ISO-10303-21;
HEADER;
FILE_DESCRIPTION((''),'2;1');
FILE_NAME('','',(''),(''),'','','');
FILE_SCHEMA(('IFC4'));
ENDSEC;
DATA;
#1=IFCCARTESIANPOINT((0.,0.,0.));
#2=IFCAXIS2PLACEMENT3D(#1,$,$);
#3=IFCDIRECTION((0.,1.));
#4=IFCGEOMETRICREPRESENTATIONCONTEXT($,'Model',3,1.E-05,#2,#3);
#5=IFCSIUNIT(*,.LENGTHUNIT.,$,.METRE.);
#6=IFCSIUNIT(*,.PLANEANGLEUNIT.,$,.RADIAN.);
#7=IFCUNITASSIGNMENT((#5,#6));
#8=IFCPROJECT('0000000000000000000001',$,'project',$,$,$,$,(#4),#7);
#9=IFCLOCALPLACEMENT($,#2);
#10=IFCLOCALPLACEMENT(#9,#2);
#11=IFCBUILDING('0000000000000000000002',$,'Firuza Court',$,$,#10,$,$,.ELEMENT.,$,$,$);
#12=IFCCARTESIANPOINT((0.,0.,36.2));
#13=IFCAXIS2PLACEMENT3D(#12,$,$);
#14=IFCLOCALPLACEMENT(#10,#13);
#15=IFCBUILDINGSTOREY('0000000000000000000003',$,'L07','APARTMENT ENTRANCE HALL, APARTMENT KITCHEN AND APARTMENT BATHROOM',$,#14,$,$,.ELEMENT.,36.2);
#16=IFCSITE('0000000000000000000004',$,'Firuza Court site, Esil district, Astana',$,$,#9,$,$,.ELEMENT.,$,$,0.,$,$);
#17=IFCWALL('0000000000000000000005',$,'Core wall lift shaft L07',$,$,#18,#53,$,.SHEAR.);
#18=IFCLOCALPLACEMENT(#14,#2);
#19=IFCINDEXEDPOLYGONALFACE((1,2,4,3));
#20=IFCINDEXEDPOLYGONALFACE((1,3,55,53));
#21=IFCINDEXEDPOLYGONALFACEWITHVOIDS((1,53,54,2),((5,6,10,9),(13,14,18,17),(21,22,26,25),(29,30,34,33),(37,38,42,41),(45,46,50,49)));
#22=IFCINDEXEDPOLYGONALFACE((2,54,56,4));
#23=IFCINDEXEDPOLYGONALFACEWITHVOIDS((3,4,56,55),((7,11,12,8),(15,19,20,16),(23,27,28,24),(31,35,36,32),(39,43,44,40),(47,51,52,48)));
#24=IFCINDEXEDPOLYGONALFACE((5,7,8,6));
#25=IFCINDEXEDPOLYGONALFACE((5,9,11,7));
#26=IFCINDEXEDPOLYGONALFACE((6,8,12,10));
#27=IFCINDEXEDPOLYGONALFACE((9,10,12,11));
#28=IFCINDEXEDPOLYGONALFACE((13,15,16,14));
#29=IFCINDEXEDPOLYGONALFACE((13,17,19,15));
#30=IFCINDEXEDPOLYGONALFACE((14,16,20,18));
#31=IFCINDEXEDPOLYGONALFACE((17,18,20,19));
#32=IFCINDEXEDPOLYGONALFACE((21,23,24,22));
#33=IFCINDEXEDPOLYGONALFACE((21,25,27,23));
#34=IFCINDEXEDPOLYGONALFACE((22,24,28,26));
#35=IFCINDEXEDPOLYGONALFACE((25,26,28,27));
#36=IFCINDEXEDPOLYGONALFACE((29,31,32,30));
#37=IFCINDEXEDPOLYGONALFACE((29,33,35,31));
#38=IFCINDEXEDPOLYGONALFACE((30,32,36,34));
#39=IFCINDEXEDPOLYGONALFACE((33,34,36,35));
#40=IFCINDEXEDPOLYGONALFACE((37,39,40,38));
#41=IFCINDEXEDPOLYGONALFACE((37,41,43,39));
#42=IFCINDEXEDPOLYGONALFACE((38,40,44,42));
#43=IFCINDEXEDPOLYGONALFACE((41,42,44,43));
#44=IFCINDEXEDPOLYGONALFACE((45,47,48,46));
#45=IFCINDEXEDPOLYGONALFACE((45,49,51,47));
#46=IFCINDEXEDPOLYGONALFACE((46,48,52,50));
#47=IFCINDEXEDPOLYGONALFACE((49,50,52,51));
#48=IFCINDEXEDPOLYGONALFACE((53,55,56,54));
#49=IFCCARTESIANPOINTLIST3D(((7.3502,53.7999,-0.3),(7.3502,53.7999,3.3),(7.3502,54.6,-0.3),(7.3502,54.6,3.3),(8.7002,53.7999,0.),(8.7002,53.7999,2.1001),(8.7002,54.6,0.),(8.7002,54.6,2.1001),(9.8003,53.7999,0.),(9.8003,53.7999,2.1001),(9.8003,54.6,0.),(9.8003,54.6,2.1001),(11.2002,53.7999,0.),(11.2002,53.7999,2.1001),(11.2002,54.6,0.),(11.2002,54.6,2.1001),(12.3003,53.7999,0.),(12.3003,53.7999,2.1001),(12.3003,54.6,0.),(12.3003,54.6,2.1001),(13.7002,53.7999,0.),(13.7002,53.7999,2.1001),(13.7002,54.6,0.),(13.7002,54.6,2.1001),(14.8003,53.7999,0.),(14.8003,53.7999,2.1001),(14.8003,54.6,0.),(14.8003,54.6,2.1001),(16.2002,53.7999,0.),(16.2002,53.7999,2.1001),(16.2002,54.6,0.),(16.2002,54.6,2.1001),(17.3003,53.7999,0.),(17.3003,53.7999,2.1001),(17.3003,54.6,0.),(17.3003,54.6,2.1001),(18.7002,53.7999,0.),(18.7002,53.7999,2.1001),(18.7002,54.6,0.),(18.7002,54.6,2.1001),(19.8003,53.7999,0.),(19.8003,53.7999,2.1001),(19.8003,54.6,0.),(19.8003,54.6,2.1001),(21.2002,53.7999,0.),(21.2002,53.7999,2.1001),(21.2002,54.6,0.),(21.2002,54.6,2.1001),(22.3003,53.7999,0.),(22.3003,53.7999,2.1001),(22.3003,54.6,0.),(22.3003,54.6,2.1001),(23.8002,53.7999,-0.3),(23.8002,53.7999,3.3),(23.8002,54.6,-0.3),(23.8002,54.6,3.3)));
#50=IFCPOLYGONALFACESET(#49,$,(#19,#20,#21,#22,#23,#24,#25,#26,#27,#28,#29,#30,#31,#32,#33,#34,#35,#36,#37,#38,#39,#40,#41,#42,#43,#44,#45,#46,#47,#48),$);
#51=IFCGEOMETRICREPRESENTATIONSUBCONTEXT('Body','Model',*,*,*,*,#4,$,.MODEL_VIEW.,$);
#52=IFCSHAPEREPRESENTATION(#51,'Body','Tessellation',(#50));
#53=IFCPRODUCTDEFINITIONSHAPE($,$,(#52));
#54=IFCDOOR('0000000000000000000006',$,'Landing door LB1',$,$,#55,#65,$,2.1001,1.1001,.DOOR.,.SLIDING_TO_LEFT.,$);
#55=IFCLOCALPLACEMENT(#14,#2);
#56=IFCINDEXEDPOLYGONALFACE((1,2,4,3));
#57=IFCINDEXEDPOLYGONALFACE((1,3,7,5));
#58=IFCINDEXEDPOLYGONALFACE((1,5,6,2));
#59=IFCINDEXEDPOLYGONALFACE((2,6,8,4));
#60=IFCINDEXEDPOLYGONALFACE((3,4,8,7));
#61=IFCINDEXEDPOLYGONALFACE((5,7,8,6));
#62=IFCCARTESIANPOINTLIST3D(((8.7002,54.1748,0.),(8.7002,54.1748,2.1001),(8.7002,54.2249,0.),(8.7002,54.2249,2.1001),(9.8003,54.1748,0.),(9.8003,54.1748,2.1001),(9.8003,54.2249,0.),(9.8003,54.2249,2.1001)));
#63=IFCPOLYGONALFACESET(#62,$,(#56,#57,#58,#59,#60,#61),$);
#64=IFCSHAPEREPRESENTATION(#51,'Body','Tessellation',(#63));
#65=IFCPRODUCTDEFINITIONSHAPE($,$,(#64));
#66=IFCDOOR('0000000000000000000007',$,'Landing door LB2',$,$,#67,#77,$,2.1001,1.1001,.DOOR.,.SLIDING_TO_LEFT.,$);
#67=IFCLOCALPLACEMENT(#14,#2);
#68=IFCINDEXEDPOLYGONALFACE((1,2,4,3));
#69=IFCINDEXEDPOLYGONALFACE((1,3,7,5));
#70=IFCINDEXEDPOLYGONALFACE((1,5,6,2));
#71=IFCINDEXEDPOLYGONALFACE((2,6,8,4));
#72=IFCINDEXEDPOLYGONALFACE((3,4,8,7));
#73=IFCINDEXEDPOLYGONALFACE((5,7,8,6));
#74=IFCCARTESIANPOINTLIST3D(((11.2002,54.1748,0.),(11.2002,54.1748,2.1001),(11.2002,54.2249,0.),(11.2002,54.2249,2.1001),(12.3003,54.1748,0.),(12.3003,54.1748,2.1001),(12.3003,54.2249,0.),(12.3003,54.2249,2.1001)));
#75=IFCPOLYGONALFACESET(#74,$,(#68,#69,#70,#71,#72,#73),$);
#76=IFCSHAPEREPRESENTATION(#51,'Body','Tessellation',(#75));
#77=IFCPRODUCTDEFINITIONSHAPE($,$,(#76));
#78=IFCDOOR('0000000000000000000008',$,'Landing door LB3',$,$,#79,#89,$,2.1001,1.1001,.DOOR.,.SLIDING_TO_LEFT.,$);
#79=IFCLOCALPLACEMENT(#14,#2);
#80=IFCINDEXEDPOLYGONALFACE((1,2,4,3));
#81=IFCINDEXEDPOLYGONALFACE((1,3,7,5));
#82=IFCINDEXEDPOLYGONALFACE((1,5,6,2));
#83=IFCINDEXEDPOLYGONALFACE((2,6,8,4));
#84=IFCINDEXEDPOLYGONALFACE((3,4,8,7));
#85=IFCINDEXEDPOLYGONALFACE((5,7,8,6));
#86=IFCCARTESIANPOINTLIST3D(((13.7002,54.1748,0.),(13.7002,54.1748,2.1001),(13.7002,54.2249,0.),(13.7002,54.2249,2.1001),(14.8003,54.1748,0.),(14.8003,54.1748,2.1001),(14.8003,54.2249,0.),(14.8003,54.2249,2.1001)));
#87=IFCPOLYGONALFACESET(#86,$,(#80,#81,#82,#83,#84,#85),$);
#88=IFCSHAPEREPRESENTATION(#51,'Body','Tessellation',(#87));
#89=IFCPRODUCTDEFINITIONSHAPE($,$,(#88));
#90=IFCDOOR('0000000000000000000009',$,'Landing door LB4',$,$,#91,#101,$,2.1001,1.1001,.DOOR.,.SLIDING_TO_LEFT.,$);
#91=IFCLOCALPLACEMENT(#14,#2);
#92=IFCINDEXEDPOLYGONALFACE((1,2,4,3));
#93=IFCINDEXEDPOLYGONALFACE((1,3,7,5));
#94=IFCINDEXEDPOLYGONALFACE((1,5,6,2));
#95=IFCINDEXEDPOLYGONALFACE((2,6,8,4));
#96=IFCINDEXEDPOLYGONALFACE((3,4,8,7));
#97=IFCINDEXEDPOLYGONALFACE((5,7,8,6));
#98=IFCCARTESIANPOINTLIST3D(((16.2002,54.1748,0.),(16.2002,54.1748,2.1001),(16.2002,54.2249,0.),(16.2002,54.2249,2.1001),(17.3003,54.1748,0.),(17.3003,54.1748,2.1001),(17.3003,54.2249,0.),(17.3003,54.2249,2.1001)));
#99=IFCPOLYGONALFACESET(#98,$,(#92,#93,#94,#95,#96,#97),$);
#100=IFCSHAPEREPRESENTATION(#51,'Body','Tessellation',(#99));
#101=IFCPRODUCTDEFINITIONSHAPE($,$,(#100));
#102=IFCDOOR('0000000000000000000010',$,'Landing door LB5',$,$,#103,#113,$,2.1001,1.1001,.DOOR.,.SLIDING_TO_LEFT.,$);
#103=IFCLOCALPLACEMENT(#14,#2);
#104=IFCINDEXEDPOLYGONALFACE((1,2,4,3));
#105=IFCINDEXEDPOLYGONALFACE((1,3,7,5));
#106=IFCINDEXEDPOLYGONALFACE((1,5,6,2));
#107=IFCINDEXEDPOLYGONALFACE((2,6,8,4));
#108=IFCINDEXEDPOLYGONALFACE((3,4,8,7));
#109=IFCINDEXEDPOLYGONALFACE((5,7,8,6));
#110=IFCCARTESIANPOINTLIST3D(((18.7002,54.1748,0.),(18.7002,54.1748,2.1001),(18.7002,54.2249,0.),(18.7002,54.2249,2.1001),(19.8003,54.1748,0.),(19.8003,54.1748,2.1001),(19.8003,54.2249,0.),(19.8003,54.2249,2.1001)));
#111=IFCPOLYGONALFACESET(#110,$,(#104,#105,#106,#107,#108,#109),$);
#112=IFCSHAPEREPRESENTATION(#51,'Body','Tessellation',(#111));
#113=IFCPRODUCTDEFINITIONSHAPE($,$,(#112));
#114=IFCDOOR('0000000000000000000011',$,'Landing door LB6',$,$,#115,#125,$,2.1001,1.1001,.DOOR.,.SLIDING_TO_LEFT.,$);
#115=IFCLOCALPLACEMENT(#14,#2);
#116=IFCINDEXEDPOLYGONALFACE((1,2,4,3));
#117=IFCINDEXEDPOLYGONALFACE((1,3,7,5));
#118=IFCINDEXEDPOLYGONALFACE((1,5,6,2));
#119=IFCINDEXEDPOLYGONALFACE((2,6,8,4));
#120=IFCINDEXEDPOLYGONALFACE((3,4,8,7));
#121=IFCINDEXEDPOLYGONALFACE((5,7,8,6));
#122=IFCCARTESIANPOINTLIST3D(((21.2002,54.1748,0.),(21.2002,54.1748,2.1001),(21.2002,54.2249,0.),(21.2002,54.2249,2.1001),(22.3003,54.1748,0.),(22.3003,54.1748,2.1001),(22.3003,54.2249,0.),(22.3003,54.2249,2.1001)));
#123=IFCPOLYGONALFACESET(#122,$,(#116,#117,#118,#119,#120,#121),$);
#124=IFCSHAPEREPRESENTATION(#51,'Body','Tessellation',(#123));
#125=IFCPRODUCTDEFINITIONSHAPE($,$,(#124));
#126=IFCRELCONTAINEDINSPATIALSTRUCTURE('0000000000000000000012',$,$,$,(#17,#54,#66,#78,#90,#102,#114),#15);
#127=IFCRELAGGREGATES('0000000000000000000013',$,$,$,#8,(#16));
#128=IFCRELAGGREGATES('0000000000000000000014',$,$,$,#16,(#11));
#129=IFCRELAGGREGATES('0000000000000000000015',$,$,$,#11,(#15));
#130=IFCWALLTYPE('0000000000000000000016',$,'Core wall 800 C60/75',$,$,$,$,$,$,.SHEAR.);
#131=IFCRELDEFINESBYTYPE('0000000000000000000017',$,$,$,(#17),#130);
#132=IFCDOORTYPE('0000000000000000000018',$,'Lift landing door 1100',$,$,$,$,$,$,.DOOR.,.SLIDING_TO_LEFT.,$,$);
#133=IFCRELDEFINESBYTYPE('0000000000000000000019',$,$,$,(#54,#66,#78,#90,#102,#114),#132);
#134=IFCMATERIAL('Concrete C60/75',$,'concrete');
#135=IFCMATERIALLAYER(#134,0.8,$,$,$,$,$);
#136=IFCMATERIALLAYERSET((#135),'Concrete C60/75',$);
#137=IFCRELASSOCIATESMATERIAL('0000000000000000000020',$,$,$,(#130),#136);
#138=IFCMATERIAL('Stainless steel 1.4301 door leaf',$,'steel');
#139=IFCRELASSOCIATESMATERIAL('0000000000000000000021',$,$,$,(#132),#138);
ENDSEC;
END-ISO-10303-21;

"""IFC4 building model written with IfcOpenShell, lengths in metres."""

from ifc_helpers import new_model, si_unit, direction, frame, frame_2d, origin, place, context, subcontext, project, spatial, rectangle, extrude, material, layer, layer_set, type_object, element, fill, save


model = new_model("IFC4")

# Units and contexts
model_context = context("Model", 3, precision=1e-05, world=origin(), true_north=direction((0.0, 1.0)))
body_context = subcontext(model_context, "Body", "Model", "MODEL_VIEW")
ifc_project = project(units=[si_unit("LENGTHUNIT", "METRE"), si_unit("PLANEANGLEUNIT", "RADIAN")], contexts=[model_context])

# Site, building, storey
site_placement = place(None, origin())
site = spatial("IfcSite", under=ifc_project, at=site_placement, Name="Firuza Court site, Esil district, Astana", CompositionType="ELEMENT", RefElevation=0.0)
building_placement = place(site_placement, origin())
building = spatial("IfcBuilding", under=site, at=building_placement, Name="Firuza Court", CompositionType="ELEMENT")
storey_placement = place(building_placement, frame((0.0, 0.0, 36.2)))
storey = spatial("IfcBuildingStorey", under=building, at=storey_placement, Name="L07", Description="APARTMENT ENTRANCE HALL, APARTMENT KITCHEN AND APARTMENT BATHROOM", CompositionType="ELEMENT", Elevation=36.2)

# Shared definitions
ifc_material_1 = material(Name="Concrete C60/75", Category="concrete")

# Wall, openings, doors
ifc_layer_1 = layer(ifc_material_1, 0.8)
ifc_layer_set_1 = layer_set([ifc_layer_1], Name="Concrete C60/75")
wall_type_1 = type_object("IfcWallType", Name="Core wall 800 C60/75", PredefinedType="SHEAR", material=ifc_layer_set_1)
wall_1_placement = place(storey_placement, frame((7.3501, 54.2, -0.3), z_axis=(0.0, 0.0, 1.0), x_axis=(1.0, 0.0, 0.0)))
wall_1 = element("IfcWall", 1, at=wall_1_placement, inside=storey, type_object=wall_type_1, Name="Core wall lift shaft L07", PredefinedType="SHEAR", context=body_context, shape_type="SweptSolid", body=[
    extrude(rectangle(XDim=16.45, YDim=0.8, at=frame_2d((8.2251, 0.0))), origin(), (0.0, 0.0, 1.0), 3.6001),
])
opening_1_placement = place(wall_1_placement, frame((1.3501, 0.0, 0.3)))
opening_1 = element("IfcOpeningElement", 2, at=opening_1_placement, cuts=wall_1, PredefinedType="OPENING", context=body_context, shape_type="SweptSolid", body=[
    extrude(rectangle(XDim=1.1001, YDim=2.1001, at=frame_2d((0.55, 1.05))), frame((0.0, 0.4121, 0.0), z_axis=(0.0, -1.0, 0.0), x_axis=(1.0, 0.0, 0.0)), (0.0, 0.0, 1.0), 0.824),
])
opening_2_placement = place(wall_1_placement, frame((3.8501, 0.0, 0.3)))
opening_2 = element("IfcOpeningElement", 3, at=opening_2_placement, cuts=wall_1, PredefinedType="OPENING", context=body_context, shape_type="SweptSolid", body=[
    extrude(rectangle(XDim=1.1001, YDim=2.1001, at=frame_2d((0.55, 1.05))), frame((0.0, 0.4121, 0.0), z_axis=(0.0, -1.0, 0.0), x_axis=(1.0, 0.0, 0.0)), (0.0, 0.0, 1.0), 0.824),
])
opening_3_placement = place(wall_1_placement, frame((6.3501, 0.0, 0.3)))
opening_3 = element("IfcOpeningElement", 4, at=opening_3_placement, cuts=wall_1, PredefinedType="OPENING", context=body_context, shape_type="SweptSolid", body=[
    extrude(rectangle(XDim=1.1001, YDim=2.1001, at=frame_2d((0.55, 1.05))), frame((0.0, 0.4121, 0.0), z_axis=(0.0, -1.0, 0.0), x_axis=(1.0, 0.0, 0.0)), (0.0, 0.0, 1.0), 0.824),
])
opening_4_placement = place(wall_1_placement, frame((8.8501, 0.0, 0.3)))
opening_4 = element("IfcOpeningElement", 5, at=opening_4_placement, cuts=wall_1, PredefinedType="OPENING", context=body_context, shape_type="SweptSolid", body=[
    extrude(rectangle(XDim=1.1001, YDim=2.1001, at=frame_2d((0.55, 1.05))), frame((0.0, 0.4121, 0.0), z_axis=(0.0, -1.0, 0.0), x_axis=(1.0, 0.0, 0.0)), (0.0, 0.0, 1.0), 0.824),
])
opening_5_placement = place(wall_1_placement, frame((11.3501, 0.0, 0.3)))
opening_5 = element("IfcOpeningElement", 6, at=opening_5_placement, cuts=wall_1, PredefinedType="OPENING", context=body_context, shape_type="SweptSolid", body=[
    extrude(rectangle(XDim=1.1001, YDim=2.1001, at=frame_2d((0.55, 1.05))), frame((0.0, 0.4121, 0.0), z_axis=(0.0, -1.0, 0.0), x_axis=(1.0, 0.0, 0.0)), (0.0, 0.0, 1.0), 0.824),
])
opening_6_placement = place(wall_1_placement, frame((13.8501, 0.0, 0.3)))
opening_6 = element("IfcOpeningElement", 7, at=opening_6_placement, cuts=wall_1, PredefinedType="OPENING", context=body_context, shape_type="SweptSolid", body=[
    extrude(rectangle(XDim=1.1001, YDim=2.1001, at=frame_2d((0.55, 1.05))), frame((0.0, 0.4121, 0.0), z_axis=(0.0, -1.0, 0.0), x_axis=(1.0, 0.0, 0.0)), (0.0, 0.0, 1.0), 0.824),
])
ifc_material_2 = material(Name="Stainless steel 1.4301 door leaf", Category="steel")
door_type = type_object("IfcDoorType", Name="Lift landing door 1100", OperationType="SLIDING_TO_LEFT", PredefinedType="DOOR", material=ifc_material_2)
door_1_placement = place(opening_1_placement, origin())
door_1 = element("IfcDoor", 8, at=door_1_placement, inside=storey, type_object=door_type, Name="Landing door LB1", OperationType="SLIDING_TO_LEFT", OverallHeight=2.1001, OverallWidth=1.1001, PredefinedType="DOOR", context=body_context, shape_type="SweptSolid", body=[
    extrude(rectangle(XDim=1.1001, YDim=2.1001, at=frame_2d((0.55, 1.05))), frame((0.0, 0.0249, 0.0), z_axis=(0.0, -1.0, 0.0), x_axis=(1.0, 0.0, 0.0)), (0.0, 0.0, 1.0), 0.05),
])
fill(opening_1, door_1)
door_2_placement = place(opening_2_placement, origin())
door_2 = element("IfcDoor", 9, at=door_2_placement, inside=storey, type_object=door_type, Name="Landing door LB2", OperationType="SLIDING_TO_LEFT", OverallHeight=2.1001, OverallWidth=1.1001, PredefinedType="DOOR", context=body_context, shape_type="SweptSolid", body=[
    extrude(rectangle(XDim=1.1001, YDim=2.1001, at=frame_2d((0.55, 1.05))), frame((0.0, 0.0249, 0.0), z_axis=(0.0, -1.0, 0.0), x_axis=(1.0, 0.0, 0.0)), (0.0, 0.0, 1.0), 0.05),
])
fill(opening_2, door_2)
door_3_placement = place(opening_3_placement, origin())
door_3 = element("IfcDoor", 10, at=door_3_placement, inside=storey, type_object=door_type, Name="Landing door LB3", OperationType="SLIDING_TO_LEFT", OverallHeight=2.1001, OverallWidth=1.1001, PredefinedType="DOOR", context=body_context, shape_type="SweptSolid", body=[
    extrude(rectangle(XDim=1.1001, YDim=2.1001, at=frame_2d((0.55, 1.05))), frame((0.0, 0.0249, 0.0), z_axis=(0.0, -1.0, 0.0), x_axis=(1.0, 0.0, 0.0)), (0.0, 0.0, 1.0), 0.05),
])
fill(opening_3, door_3)
door_4_placement = place(opening_4_placement, origin())
door_4 = element("IfcDoor", 11, at=door_4_placement, inside=storey, type_object=door_type, Name="Landing door LB4", OperationType="SLIDING_TO_LEFT", OverallHeight=2.1001, OverallWidth=1.1001, PredefinedType="DOOR", context=body_context, shape_type="SweptSolid", body=[
    extrude(rectangle(XDim=1.1001, YDim=2.1001, at=frame_2d((0.55, 1.05))), frame((0.0, 0.0249, 0.0), z_axis=(0.0, -1.0, 0.0), x_axis=(1.0, 0.0, 0.0)), (0.0, 0.0, 1.0), 0.05),
])
fill(opening_4, door_4)
door_5_placement = place(opening_5_placement, origin())
door_5 = element("IfcDoor", 12, at=door_5_placement, inside=storey, type_object=door_type, Name="Landing door LB5", OperationType="SLIDING_TO_LEFT", OverallHeight=2.1001, OverallWidth=1.1001, PredefinedType="DOOR", context=body_context, shape_type="SweptSolid", body=[
    extrude(rectangle(XDim=1.1001, YDim=2.1001, at=frame_2d((0.55, 1.05))), frame((0.0, 0.0249, 0.0), z_axis=(0.0, -1.0, 0.0), x_axis=(1.0, 0.0, 0.0)), (0.0, 0.0, 1.0), 0.05),
])
fill(opening_5, door_5)
door_6_placement = place(opening_6_placement, origin())
door_6 = element("IfcDoor", 13, at=door_6_placement, inside=storey, type_object=door_type, Name="Landing door LB6", OperationType="SLIDING_TO_LEFT", OverallHeight=2.1001, OverallWidth=1.1001, PredefinedType="DOOR", context=body_context, shape_type="SweptSolid", body=[
    extrude(rectangle(XDim=1.1001, YDim=2.1001, at=frame_2d((0.55, 1.05))), frame((0.0, 0.0249, 0.0), z_axis=(0.0, -1.0, 0.0), x_axis=(1.0, 0.0, 0.0)), (0.0, 0.0, 1.0), 0.05),
])
fill(opening_6, door_6)

save(model, "model.ifc")
